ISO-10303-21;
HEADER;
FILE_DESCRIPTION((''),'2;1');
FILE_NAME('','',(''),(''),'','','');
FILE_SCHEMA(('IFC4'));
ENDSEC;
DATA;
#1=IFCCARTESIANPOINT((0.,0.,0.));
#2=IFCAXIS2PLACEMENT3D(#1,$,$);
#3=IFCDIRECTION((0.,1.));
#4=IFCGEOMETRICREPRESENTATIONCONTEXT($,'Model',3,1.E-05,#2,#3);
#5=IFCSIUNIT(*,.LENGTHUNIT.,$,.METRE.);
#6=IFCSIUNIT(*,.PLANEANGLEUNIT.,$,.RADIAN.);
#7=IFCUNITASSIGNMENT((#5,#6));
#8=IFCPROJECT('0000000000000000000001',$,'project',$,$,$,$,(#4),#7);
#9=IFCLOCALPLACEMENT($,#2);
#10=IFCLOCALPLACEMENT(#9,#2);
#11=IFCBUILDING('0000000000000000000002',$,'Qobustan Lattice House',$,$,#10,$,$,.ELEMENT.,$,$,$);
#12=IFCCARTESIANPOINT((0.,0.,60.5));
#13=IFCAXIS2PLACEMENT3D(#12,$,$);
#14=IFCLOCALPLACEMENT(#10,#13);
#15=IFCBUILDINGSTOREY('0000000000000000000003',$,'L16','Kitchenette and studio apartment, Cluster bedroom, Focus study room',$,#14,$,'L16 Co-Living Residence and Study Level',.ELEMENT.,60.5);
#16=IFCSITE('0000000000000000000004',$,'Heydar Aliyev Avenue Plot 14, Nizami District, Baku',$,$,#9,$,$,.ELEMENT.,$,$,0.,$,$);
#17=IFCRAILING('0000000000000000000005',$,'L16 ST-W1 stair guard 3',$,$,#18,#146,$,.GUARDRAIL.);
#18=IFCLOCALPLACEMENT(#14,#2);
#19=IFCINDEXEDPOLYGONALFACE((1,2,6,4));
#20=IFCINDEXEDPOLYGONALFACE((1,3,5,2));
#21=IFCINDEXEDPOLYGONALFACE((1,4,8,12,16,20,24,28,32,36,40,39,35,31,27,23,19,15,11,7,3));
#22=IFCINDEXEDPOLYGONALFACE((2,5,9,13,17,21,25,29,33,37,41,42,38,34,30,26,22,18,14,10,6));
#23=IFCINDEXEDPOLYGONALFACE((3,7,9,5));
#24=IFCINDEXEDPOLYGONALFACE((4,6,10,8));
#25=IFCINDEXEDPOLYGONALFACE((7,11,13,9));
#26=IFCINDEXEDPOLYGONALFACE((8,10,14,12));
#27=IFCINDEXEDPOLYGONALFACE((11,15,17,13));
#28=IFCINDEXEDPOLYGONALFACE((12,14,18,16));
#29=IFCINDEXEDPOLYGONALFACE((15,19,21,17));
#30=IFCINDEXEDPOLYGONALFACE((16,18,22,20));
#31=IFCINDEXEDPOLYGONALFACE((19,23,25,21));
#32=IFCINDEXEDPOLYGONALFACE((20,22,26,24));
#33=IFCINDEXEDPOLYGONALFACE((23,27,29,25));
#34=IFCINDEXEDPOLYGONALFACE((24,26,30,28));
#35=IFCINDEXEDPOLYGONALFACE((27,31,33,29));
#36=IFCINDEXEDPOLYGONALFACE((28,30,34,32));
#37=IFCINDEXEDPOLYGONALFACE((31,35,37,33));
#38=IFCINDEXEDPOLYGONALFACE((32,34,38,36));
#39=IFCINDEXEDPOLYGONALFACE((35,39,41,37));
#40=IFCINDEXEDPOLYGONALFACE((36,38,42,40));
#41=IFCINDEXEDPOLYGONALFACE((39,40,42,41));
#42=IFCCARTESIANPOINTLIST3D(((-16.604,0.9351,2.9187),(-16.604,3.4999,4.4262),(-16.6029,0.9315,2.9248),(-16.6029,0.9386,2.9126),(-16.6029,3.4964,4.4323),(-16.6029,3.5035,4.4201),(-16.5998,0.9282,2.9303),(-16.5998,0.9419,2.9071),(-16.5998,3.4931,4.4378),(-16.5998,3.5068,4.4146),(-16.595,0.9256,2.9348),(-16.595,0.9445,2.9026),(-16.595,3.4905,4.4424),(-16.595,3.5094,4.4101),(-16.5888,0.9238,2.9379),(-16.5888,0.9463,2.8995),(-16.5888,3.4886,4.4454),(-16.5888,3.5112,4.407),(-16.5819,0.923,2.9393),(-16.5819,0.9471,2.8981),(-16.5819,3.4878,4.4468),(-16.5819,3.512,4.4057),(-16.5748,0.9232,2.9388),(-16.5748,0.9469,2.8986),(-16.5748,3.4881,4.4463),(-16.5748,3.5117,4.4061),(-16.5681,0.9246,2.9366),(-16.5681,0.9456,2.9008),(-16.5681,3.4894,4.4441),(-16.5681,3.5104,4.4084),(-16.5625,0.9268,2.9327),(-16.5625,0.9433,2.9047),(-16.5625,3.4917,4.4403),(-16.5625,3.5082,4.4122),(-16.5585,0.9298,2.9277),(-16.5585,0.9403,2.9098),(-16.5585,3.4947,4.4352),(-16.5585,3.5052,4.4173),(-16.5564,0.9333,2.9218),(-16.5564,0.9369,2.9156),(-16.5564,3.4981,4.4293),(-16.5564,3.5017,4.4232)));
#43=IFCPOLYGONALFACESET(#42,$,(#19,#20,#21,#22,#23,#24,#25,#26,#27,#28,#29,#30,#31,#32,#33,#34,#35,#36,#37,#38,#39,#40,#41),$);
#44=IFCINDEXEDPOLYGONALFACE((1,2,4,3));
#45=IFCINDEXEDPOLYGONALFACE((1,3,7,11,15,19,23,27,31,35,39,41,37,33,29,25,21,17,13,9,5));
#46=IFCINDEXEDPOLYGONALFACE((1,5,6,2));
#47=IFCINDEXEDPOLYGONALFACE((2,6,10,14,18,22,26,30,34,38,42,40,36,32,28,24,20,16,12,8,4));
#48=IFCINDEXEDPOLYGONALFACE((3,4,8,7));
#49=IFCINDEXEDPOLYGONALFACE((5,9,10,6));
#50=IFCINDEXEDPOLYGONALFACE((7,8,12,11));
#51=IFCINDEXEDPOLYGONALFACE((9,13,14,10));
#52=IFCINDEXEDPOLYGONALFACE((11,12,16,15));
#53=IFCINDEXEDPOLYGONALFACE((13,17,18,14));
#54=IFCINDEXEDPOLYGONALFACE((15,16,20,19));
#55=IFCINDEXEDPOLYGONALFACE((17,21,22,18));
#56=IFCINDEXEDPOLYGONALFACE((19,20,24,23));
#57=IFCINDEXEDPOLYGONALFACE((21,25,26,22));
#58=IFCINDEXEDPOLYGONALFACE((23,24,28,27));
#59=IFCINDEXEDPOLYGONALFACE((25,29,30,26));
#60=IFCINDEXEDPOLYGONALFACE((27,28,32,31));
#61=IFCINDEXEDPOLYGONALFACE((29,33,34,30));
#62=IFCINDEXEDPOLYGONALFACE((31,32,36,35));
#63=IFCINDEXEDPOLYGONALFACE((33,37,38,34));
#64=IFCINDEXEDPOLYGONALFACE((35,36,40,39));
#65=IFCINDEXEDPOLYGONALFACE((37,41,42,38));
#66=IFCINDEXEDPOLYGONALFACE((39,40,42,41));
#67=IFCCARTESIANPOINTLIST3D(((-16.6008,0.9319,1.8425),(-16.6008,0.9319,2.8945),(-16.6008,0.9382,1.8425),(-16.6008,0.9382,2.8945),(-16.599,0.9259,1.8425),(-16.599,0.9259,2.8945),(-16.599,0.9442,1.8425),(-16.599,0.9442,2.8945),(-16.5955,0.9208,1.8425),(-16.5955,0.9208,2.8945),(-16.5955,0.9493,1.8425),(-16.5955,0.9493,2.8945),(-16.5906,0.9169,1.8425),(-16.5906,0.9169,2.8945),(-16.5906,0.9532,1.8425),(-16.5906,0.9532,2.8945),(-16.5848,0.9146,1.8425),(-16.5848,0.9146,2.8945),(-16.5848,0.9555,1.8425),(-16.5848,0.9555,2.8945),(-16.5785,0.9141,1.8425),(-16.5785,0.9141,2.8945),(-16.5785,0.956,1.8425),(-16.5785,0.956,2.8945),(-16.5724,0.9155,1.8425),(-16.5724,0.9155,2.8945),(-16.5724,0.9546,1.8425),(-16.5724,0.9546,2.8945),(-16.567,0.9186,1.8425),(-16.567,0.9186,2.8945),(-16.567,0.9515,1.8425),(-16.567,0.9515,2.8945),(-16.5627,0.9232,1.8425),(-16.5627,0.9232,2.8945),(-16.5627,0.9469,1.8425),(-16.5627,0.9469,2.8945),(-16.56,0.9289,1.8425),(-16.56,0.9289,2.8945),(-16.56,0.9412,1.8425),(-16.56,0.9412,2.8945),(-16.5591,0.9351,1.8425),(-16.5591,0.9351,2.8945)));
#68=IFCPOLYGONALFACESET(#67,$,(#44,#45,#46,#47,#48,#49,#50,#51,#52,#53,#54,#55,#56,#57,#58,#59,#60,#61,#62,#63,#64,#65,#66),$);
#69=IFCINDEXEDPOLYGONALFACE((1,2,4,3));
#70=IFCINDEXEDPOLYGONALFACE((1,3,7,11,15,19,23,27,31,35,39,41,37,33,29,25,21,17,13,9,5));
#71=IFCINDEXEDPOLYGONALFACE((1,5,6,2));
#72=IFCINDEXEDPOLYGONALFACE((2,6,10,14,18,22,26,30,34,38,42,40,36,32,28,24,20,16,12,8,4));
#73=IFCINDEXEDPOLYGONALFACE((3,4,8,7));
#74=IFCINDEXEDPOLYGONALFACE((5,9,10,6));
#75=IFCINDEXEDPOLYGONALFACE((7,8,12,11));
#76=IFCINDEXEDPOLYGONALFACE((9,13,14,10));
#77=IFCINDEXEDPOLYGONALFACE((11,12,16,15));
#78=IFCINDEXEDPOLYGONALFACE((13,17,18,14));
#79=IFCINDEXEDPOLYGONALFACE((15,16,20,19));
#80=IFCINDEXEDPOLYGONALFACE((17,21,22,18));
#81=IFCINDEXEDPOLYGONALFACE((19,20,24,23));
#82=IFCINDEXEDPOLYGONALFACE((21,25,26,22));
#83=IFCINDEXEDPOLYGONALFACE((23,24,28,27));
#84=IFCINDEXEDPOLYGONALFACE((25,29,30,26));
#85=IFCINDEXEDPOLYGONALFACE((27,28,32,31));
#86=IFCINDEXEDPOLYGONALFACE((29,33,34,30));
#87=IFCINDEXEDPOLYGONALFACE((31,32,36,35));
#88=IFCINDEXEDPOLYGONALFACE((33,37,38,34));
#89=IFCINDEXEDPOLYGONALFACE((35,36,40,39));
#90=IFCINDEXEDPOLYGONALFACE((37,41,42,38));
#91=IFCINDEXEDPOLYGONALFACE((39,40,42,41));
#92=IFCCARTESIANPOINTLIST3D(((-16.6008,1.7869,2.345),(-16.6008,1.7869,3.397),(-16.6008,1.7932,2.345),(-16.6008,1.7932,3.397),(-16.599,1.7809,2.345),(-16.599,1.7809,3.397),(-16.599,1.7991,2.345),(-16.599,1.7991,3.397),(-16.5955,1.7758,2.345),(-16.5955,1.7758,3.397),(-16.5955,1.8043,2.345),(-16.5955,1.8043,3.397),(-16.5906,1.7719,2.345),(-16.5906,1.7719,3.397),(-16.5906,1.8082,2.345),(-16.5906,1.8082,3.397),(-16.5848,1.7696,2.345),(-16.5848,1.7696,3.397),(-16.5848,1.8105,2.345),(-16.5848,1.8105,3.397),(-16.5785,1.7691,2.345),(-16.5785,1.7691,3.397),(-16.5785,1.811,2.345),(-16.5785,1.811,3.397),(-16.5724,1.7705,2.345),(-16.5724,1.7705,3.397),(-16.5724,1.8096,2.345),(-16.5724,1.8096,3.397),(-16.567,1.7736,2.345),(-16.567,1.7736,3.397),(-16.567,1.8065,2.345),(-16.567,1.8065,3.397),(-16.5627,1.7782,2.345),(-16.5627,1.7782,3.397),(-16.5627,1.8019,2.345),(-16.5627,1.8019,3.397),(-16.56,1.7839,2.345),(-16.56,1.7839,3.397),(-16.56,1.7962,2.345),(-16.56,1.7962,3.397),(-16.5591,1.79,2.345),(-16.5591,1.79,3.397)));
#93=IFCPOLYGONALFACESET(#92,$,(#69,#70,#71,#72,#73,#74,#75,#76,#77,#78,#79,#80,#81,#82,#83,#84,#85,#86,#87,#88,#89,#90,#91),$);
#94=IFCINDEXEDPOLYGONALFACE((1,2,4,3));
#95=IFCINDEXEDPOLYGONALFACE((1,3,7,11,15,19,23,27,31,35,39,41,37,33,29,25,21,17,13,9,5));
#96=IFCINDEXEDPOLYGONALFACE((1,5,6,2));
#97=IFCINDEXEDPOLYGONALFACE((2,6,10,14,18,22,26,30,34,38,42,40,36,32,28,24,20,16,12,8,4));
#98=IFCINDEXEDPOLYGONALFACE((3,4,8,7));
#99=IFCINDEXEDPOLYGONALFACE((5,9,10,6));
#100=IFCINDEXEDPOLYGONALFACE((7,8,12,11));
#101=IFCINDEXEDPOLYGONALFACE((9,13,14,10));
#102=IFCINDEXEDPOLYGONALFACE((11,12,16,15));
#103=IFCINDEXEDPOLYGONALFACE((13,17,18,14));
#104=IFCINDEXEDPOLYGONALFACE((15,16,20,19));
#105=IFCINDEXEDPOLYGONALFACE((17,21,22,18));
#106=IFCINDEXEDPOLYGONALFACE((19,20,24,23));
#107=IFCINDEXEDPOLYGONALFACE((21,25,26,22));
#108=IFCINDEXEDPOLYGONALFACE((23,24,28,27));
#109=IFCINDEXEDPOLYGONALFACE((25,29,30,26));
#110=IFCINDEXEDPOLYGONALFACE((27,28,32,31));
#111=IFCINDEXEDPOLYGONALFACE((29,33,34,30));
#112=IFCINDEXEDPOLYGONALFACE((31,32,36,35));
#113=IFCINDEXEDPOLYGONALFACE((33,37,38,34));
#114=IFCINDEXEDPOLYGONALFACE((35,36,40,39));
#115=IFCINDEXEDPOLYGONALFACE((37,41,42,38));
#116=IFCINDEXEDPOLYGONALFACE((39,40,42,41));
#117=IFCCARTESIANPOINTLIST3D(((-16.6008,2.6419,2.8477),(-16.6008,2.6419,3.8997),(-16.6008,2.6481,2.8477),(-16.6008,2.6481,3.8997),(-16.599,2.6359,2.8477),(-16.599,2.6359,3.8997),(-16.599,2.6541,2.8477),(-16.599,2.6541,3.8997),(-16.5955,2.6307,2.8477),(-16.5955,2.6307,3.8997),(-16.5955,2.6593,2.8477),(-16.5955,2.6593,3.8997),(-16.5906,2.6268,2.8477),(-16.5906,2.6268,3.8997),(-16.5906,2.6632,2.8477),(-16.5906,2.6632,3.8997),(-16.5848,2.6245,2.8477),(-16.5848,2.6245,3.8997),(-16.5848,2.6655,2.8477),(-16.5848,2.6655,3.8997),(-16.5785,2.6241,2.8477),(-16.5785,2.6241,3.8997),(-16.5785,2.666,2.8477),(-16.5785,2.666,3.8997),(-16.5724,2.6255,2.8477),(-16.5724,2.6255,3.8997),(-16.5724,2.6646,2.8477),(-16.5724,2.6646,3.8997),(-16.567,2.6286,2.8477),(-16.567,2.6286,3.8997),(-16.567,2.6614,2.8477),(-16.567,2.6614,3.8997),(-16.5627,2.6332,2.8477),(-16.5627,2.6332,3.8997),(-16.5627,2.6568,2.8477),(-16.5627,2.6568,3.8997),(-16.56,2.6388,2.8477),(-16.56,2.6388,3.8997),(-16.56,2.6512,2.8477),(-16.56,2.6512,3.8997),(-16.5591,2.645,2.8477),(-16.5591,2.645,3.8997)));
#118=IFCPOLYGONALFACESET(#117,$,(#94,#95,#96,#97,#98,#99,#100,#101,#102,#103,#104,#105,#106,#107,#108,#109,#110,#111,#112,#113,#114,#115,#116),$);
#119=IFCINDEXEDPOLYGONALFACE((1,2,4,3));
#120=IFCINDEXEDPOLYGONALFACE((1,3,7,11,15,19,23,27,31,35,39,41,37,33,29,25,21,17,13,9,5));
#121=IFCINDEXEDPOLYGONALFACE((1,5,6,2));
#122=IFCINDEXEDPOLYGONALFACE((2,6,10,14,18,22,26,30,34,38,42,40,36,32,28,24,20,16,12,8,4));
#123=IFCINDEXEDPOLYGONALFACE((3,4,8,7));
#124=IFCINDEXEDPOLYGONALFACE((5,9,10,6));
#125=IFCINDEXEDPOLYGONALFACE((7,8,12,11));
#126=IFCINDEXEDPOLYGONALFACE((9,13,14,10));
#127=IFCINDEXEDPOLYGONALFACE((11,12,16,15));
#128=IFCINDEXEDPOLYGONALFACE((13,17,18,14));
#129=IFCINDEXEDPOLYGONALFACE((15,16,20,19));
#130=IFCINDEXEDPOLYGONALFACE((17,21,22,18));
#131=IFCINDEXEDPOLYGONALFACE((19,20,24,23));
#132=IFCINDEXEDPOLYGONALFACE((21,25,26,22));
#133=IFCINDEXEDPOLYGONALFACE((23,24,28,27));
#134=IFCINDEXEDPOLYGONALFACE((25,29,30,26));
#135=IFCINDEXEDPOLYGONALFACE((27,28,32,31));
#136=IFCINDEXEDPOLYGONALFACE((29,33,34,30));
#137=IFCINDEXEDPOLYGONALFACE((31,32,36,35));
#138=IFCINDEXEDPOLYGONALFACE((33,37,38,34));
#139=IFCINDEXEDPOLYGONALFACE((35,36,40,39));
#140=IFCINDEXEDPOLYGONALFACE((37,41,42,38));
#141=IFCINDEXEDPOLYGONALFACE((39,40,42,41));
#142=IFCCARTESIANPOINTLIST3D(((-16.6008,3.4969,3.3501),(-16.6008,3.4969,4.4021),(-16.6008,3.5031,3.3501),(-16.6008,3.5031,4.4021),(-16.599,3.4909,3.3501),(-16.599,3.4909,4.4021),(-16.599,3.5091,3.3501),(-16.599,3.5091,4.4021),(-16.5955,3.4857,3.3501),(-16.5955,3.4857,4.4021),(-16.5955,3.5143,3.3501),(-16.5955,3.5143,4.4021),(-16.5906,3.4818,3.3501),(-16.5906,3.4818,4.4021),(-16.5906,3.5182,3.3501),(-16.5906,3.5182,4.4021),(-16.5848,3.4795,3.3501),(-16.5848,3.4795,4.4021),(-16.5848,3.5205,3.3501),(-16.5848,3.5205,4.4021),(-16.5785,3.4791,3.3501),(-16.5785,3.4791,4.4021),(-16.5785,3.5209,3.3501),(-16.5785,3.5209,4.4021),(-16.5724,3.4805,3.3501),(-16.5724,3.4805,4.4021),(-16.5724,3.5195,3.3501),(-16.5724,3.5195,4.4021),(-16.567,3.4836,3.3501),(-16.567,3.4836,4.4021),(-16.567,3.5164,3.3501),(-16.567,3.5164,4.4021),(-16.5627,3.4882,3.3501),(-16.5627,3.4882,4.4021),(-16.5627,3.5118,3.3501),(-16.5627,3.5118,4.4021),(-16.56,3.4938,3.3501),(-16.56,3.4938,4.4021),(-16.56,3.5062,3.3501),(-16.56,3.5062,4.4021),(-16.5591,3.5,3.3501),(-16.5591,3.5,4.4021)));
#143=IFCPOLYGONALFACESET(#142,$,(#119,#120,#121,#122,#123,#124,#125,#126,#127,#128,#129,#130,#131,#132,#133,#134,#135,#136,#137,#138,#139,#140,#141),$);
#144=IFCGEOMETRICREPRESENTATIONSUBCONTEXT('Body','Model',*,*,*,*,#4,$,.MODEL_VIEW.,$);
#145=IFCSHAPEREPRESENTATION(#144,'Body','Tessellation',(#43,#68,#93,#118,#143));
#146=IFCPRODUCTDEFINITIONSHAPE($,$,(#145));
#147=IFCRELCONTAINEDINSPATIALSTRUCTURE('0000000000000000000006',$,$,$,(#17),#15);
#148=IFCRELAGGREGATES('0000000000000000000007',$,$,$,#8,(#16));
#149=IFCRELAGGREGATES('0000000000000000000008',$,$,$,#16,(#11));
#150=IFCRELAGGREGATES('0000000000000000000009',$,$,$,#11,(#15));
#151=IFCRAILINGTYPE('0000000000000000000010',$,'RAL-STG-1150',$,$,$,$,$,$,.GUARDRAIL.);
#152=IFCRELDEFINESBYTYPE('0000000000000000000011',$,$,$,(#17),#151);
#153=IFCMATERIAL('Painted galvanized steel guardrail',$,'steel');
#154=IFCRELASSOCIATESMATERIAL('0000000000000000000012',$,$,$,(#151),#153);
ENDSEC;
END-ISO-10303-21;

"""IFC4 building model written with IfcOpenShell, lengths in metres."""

from ifc_helpers import new_model, si_unit, direction, frame, origin, origin_2d, place, context, subcontext, project, spatial, circle, extrude, material, type_object, element, save


model = new_model("IFC4")

# Units and contexts
model_context = context("Model", 3, precision=1e-05, world=origin(), true_north=direction((0.0, 1.0)))
body_context = subcontext(model_context, "Body", "Model", "MODEL_VIEW")
ifc_project = project(units=[si_unit("LENGTHUNIT", "METRE"), si_unit("PLANEANGLEUNIT", "RADIAN")], contexts=[model_context])

# Site, building, storey
site_placement = place(None, origin())
site = spatial("IfcSite", under=ifc_project, at=site_placement, Name="Heydar Aliyev Avenue Plot 14, Nizami District, Baku", CompositionType="ELEMENT", RefElevation=0.0)
building_placement = place(site_placement, origin())
building = spatial("IfcBuilding", under=site, at=building_placement, Name="Qobustan Lattice House", CompositionType="ELEMENT")
storey_placement = place(building_placement, frame((0.0, 0.0, 60.5)))
storey = spatial("IfcBuildingStorey", under=building, at=storey_placement, Name="L16", Description="Kitchenette and studio apartment, Cluster bedroom, Focus study room", LongName="L16 Co-Living Residence and Study Level", CompositionType="ELEMENT", Elevation=60.5)

# Railing
ifc_material_1 = material(Name="Painted galvanized steel guardrail", Category="steel")
railing_type = type_object("IfcRailingType", Name="RAL-STG-1150", PredefinedType="GUARDRAIL", material=ifc_material_1)
railing_1_placement = place(storey_placement, frame((-16.5801, 0.9351, 1.8425)))
element("IfcRailing", 1, at=railing_1_placement, inside=storey, type_object=railing_type, Name="L16 ST-W1 stair guard 3", PredefinedType="GUARDRAIL", context=body_context, shape_type="SweptSolid", body=[
    extrude(circle(Radius=0.0239, at=origin_2d()), frame((0.0, 0.0, 1.0762), z_axis=(0.0, 0.862113, 0.506715), x_axis=(-1.0, 0.0, 0.0)), (0.0, 0.0, 1.0), 2.9751),
    extrude(circle(Radius=0.021, at=origin_2d()), origin(), (0.0, 0.0, 1.0), 1.052),
    extrude(circle(Radius=0.021, at=origin_2d()), frame((0.0, 0.855, 0.5024)), (0.0, 0.0, 1.0), 1.052),
    extrude(circle(Radius=0.021, at=origin_2d()), frame((0.0, 1.71, 1.0051)), (0.0, 0.0, 1.0), 1.052),
    extrude(circle(Radius=0.021, at=origin_2d()), frame((0.0, 2.5649, 1.5076)), (0.0, 0.0, 1.0), 1.052),
])

save(model, "model.ifc")
